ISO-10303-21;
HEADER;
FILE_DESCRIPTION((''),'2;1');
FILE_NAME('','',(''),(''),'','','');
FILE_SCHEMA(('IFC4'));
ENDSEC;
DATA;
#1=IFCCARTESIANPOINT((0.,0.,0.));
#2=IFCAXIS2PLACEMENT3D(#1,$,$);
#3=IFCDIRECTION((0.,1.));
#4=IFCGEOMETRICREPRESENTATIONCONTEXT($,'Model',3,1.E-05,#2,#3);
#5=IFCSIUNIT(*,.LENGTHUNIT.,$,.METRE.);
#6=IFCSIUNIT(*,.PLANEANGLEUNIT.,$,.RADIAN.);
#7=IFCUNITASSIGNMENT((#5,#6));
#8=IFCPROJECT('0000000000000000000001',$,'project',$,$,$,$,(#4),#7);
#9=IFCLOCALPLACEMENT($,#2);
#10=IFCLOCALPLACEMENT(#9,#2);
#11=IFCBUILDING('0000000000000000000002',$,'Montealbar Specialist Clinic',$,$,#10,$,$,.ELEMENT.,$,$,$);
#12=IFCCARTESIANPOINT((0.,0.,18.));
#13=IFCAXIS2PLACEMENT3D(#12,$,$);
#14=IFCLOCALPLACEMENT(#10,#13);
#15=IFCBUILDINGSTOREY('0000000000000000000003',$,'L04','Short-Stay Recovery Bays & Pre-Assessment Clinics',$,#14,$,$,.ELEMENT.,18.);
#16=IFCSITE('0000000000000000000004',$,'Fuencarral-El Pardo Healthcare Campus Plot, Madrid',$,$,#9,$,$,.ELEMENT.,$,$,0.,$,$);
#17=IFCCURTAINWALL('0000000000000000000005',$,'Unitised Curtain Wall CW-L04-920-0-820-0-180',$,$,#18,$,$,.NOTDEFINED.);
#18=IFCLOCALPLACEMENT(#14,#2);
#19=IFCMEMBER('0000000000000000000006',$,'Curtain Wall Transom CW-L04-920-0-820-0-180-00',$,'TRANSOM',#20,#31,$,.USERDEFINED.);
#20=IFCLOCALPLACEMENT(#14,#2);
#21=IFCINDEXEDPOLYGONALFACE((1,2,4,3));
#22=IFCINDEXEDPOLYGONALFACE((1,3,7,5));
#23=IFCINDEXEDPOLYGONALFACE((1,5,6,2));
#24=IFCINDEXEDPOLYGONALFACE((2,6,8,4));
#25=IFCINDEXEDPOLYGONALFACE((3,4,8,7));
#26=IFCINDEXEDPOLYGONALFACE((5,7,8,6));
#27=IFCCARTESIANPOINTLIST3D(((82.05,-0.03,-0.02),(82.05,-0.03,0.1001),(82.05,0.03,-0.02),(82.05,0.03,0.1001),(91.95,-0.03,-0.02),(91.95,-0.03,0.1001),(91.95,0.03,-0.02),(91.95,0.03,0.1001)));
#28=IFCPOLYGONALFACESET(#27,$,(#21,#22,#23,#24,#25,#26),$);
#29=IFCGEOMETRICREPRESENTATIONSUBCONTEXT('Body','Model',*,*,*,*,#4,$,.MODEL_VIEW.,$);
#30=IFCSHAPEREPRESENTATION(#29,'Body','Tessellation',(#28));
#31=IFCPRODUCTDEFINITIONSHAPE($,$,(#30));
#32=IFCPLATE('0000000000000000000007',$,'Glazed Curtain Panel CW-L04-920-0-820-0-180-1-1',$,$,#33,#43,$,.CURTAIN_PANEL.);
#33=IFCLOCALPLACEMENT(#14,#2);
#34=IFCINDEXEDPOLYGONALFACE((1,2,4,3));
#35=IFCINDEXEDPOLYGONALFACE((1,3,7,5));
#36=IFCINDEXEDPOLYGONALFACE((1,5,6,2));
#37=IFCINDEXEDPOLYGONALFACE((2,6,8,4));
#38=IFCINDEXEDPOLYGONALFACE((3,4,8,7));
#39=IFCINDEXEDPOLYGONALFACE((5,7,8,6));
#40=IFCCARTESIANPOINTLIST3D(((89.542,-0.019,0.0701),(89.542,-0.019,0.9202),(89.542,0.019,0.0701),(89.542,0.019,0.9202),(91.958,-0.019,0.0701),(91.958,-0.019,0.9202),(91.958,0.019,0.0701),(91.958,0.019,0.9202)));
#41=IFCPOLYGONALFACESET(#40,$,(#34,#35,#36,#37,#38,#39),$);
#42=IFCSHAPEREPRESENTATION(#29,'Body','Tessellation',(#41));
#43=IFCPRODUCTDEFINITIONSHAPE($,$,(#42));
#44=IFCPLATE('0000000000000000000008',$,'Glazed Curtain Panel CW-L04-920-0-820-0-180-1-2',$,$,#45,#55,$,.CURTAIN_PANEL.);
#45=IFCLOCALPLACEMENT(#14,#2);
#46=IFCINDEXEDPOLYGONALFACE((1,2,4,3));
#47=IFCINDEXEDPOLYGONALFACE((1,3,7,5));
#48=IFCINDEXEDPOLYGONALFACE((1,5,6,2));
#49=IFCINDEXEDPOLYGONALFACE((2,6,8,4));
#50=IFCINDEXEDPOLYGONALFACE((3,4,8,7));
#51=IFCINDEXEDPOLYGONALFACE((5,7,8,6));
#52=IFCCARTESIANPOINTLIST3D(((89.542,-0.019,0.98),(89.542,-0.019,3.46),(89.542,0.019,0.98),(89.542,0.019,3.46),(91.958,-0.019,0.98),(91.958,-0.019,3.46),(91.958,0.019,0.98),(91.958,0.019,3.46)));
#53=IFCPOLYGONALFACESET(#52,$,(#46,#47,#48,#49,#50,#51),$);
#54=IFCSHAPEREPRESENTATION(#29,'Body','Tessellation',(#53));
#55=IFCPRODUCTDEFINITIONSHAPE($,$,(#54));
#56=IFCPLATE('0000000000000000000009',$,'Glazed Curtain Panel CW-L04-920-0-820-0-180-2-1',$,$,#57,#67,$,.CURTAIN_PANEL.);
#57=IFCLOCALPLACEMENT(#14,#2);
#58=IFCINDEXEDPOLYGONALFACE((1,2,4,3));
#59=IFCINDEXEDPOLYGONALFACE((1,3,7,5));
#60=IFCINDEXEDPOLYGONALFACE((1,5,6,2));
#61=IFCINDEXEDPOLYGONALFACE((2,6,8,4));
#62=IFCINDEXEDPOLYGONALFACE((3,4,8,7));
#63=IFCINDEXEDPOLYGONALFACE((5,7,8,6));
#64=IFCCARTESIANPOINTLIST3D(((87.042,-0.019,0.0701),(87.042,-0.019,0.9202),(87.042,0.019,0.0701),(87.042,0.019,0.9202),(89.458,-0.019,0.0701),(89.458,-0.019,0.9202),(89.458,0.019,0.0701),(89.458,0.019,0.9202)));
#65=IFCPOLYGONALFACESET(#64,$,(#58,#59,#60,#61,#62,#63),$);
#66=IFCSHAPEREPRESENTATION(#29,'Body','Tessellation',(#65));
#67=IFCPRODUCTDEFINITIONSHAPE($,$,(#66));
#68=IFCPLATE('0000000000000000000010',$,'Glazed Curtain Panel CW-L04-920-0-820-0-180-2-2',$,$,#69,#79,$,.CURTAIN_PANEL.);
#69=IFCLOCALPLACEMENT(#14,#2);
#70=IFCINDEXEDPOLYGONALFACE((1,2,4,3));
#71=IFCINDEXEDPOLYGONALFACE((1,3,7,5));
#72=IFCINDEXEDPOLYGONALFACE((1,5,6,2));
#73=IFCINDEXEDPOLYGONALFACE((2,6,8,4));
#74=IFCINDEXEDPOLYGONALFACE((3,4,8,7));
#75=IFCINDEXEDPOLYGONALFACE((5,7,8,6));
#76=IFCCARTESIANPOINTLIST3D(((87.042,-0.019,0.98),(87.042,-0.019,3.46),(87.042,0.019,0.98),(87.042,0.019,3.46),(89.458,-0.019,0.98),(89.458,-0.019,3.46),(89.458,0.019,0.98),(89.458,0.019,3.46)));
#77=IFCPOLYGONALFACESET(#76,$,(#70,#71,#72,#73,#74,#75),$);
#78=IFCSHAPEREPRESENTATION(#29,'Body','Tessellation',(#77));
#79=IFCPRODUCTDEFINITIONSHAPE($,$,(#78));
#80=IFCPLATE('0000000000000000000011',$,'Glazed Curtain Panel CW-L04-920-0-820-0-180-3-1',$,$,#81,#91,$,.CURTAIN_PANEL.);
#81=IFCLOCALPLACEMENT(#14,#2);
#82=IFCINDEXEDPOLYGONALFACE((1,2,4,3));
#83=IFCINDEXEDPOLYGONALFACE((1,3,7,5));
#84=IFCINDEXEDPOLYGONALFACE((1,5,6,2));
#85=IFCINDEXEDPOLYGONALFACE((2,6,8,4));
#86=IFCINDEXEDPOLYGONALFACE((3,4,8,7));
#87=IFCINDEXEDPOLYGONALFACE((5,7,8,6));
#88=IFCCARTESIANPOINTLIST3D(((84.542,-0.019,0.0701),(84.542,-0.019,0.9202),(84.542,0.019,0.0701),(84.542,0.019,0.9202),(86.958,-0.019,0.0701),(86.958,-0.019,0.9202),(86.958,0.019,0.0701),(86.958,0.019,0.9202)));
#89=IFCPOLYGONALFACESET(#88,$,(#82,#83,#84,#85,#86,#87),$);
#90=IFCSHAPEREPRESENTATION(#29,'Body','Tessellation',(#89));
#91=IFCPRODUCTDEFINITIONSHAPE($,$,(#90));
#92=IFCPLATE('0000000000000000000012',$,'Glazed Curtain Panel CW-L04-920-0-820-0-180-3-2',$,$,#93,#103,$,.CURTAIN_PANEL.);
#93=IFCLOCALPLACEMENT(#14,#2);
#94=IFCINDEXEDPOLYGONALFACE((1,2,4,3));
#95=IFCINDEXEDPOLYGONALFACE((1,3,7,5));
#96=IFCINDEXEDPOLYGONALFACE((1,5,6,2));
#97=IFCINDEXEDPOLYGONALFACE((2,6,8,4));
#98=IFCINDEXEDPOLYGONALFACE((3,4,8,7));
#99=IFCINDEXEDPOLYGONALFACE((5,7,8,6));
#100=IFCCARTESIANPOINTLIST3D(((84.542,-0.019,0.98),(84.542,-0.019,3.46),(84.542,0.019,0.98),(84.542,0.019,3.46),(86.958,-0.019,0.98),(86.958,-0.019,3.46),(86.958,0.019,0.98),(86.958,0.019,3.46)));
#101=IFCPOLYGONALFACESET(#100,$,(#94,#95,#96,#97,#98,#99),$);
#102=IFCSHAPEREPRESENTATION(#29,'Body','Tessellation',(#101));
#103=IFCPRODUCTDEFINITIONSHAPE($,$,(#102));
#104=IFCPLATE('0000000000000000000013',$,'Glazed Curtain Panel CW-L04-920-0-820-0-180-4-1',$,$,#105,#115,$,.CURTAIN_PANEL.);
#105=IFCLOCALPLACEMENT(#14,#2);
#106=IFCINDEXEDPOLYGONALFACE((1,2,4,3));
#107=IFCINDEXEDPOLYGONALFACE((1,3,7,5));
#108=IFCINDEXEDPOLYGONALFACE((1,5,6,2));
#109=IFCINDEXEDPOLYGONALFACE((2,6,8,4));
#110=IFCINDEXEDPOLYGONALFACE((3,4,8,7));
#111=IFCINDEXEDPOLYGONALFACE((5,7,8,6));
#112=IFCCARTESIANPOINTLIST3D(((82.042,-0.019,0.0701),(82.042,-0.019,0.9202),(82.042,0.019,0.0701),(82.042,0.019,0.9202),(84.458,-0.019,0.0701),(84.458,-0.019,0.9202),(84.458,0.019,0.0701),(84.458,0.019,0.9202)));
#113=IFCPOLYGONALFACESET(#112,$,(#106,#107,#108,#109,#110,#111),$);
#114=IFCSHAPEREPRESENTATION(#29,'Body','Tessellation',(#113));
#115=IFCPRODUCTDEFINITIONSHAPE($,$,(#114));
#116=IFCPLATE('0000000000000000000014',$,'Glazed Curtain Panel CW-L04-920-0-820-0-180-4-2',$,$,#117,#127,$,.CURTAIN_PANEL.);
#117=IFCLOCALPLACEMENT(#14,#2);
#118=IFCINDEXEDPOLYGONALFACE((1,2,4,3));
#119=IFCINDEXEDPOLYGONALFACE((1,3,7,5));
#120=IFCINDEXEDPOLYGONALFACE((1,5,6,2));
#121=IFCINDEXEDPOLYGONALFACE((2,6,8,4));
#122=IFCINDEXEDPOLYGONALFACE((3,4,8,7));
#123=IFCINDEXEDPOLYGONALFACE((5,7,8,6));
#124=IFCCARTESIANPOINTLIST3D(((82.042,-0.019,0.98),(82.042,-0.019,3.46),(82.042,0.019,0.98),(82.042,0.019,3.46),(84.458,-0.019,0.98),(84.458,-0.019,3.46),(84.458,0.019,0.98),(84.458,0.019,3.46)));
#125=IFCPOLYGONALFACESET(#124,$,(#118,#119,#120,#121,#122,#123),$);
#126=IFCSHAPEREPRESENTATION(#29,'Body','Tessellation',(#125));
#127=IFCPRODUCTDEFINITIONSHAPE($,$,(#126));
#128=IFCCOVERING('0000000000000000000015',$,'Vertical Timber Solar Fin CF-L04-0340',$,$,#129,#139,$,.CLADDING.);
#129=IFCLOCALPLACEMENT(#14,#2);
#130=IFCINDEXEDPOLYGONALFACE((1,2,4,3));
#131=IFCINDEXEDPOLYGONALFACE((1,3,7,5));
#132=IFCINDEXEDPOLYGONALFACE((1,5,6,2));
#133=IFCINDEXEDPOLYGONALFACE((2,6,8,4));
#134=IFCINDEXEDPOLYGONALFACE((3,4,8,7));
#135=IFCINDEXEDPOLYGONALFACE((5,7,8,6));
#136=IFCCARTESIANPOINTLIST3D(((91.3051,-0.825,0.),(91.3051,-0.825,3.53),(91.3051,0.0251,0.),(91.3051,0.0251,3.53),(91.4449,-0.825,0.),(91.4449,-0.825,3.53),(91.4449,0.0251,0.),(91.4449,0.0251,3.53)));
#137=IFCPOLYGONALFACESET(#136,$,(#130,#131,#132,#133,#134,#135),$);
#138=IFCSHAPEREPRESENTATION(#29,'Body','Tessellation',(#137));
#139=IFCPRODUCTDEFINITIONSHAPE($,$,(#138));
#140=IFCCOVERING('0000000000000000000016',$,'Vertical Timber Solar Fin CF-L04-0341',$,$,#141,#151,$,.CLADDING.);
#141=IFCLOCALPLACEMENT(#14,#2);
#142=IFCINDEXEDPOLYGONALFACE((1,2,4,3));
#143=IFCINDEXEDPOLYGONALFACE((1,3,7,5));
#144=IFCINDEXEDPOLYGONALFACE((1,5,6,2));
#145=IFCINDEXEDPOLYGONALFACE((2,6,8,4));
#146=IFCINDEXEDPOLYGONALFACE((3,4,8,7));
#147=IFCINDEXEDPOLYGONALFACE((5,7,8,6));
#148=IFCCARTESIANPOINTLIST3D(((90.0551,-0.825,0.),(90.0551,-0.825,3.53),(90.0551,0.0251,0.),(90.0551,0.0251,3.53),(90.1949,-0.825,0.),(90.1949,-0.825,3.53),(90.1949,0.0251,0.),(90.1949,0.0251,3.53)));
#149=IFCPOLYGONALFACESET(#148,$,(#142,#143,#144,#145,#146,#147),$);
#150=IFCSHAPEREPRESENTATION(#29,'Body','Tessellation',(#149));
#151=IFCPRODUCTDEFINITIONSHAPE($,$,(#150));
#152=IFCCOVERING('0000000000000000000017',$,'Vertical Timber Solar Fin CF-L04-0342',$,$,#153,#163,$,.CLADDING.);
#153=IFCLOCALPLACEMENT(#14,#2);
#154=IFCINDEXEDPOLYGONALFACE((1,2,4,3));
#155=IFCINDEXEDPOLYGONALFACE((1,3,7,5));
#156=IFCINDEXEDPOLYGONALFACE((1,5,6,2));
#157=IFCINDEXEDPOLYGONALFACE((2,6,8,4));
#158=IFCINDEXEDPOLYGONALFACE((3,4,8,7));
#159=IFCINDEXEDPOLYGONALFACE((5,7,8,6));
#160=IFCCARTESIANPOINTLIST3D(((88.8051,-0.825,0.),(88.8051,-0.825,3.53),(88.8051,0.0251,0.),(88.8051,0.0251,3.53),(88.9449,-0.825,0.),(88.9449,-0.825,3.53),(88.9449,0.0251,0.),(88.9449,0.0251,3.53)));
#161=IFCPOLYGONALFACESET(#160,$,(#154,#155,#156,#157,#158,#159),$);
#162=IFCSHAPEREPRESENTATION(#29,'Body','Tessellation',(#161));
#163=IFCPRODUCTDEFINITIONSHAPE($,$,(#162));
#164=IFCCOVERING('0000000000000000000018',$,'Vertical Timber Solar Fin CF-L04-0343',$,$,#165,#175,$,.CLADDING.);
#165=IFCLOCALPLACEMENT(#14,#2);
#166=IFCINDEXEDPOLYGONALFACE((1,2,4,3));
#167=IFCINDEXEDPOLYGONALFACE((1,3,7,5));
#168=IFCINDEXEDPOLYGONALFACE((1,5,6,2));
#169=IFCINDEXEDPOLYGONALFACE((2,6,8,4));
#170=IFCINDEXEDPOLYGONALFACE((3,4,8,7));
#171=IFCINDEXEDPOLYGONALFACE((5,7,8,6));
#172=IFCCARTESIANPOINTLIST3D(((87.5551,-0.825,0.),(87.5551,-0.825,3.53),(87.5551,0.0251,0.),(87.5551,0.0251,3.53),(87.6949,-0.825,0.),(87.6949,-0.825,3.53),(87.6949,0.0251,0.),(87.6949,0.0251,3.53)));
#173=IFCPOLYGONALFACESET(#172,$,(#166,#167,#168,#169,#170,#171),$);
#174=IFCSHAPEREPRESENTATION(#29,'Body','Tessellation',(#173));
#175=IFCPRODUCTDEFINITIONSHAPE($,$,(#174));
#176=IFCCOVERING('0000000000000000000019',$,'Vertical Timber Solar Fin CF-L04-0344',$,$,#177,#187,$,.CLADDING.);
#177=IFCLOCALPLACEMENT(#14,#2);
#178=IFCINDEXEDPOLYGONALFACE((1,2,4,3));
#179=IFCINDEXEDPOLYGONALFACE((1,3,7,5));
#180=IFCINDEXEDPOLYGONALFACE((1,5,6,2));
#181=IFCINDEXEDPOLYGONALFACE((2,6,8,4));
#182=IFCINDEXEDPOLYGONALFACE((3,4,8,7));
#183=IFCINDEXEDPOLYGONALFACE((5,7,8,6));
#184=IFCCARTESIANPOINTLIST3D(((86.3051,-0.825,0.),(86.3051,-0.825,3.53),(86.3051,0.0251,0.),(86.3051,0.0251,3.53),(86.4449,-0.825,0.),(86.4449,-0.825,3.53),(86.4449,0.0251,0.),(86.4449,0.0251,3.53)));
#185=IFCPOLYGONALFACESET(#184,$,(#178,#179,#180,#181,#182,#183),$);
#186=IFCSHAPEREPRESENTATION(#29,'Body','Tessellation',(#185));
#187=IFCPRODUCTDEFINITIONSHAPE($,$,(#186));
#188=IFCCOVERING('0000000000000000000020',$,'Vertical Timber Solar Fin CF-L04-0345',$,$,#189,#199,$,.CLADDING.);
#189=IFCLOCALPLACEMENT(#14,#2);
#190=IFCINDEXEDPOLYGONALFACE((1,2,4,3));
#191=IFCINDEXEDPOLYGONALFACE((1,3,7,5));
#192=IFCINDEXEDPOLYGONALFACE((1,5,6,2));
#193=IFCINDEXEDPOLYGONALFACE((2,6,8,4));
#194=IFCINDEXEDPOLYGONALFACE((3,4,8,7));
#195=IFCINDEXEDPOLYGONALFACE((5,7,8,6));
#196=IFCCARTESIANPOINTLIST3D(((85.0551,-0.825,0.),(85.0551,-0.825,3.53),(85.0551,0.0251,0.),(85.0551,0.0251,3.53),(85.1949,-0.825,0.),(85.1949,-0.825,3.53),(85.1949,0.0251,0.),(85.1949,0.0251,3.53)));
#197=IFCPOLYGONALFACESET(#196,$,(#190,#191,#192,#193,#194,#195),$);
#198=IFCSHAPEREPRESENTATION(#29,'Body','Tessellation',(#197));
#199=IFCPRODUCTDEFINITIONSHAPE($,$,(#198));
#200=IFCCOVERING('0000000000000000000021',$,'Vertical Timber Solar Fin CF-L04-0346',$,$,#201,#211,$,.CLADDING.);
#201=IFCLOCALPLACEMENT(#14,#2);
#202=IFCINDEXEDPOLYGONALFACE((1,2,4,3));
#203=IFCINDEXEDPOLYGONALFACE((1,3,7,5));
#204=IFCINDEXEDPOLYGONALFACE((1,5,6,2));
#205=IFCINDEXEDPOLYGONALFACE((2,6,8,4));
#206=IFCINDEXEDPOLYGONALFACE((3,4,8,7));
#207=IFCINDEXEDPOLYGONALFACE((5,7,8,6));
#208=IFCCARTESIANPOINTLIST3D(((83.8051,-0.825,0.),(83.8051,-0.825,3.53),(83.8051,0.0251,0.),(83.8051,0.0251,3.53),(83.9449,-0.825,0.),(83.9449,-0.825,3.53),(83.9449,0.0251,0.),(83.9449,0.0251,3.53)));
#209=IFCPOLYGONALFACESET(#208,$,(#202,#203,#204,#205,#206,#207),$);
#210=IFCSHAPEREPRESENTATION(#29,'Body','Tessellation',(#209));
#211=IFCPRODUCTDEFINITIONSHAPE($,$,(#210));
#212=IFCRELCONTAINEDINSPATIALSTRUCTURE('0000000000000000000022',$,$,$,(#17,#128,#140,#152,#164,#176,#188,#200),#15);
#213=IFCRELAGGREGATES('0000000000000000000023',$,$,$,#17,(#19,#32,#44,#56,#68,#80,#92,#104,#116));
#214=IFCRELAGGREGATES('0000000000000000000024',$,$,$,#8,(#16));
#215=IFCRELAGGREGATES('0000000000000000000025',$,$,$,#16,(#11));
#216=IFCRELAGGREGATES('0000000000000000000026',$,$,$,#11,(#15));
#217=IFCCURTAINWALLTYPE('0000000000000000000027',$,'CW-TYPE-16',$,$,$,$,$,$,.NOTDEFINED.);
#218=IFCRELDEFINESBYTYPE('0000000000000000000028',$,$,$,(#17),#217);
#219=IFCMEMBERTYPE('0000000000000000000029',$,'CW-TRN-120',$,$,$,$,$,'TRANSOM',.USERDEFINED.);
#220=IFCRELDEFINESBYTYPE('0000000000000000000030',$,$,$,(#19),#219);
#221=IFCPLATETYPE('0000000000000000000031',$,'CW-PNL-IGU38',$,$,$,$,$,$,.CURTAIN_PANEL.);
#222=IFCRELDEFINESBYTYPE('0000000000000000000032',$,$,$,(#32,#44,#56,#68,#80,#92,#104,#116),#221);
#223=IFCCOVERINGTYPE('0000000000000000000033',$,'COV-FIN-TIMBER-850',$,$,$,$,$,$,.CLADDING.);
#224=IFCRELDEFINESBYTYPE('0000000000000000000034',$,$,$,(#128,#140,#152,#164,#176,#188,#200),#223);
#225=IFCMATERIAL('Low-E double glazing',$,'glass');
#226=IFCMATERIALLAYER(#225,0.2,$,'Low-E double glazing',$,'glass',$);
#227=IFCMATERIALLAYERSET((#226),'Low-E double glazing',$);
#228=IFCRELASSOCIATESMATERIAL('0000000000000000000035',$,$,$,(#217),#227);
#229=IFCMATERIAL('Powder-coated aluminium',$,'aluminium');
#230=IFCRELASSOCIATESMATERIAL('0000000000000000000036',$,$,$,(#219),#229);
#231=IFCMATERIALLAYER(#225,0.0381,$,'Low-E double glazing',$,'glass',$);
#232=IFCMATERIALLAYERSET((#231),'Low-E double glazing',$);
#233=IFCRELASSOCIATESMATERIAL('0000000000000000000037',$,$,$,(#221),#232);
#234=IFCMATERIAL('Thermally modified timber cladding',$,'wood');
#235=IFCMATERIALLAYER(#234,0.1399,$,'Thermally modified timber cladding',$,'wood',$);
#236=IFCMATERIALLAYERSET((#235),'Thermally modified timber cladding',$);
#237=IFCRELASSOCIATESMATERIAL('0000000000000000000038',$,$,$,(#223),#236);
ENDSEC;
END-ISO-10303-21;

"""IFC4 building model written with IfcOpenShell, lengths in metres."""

from ifc_helpers import new_model, si_unit, direction, frame, origin, origin_2d, place, context, subcontext, project, spatial, rectangle, extrude, material, layer, layer_set, material_profile, profile_set, type_object, element, aggregate, save


model = new_model("IFC4")

# Units and contexts
model_context = context("Model", 3, precision=1e-05, world=origin(), true_north=direction((0.0, 1.0)))
body_context = subcontext(model_context, "Body", "Model", "MODEL_VIEW")
ifc_project = project(units=[si_unit("LENGTHUNIT", "METRE"), si_unit("PLANEANGLEUNIT", "RADIAN")], contexts=[model_context])

# Site, building, storey
site_placement = place(None, origin())
site = spatial("IfcSite", under=ifc_project, at=site_placement, Name="Fuencarral-El Pardo Healthcare Campus Plot, Madrid", CompositionType="ELEMENT", RefElevation=0.0)
building_placement = place(site_placement, origin())
building = spatial("IfcBuilding", under=site, at=building_placement, Name="Montealbar Specialist Clinic", CompositionType="ELEMENT")
storey_placement = place(building_placement, frame((0.0, 0.0, 18.0)))
storey = spatial("IfcBuildingStorey", under=building, at=storey_placement, Name="L04", Description="Short-Stay Recovery Bays & Pre-Assessment Clinics", CompositionType="ELEMENT", Elevation=18.0)

# Curtain wall, member, plates
ifc_material_1 = material(Name="Low-E double glazing", Category="glass")
ifc_layer_1 = layer(ifc_material_1, 0.2, Name="Low-E double glazing", Category="glass")
ifc_layer_set_1 = layer_set([ifc_layer_1], Name="Low-E double glazing")
curtain_wall_type = type_object("IfcCurtainWallType", Name="CW-TYPE-16", PredefinedType="NOTDEFINED", material=ifc_layer_set_1)
curtain_wall_placement = place(storey_placement, origin())
curtain_wall = element("IfcCurtainWall", 1, at=curtain_wall_placement, inside=storey, type_object=curtain_wall_type, Name="Unitised Curtain Wall CW-L04-920-0-820-0-180", PredefinedType="NOTDEFINED")
ifc_material_2 = material(Name="Powder-coated aluminium", Category="aluminium")
ifc_material_profile_1 = material_profile(ifc_material_2, rectangle(XDim=0.0601, YDim=0.1201, at=origin_2d()), Name="ALU 60x120", Category="aluminium")
ifc_profile_set_1 = profile_set([ifc_material_profile_1], Name="Powder-coated aluminium")
member_type_1 = type_object("IfcMemberType", Name="CW-TRN-120", ElementType="TRANSOM", PredefinedType="USERDEFINED", material=ifc_profile_set_1)
member_1_placement = place(storey_placement, frame((91.95, 0.0, 0.04), z_axis=(-1.0, 0.0, 0.0), x_axis=(0.0, -1.0, 0.0)))
member_1 = element("IfcMember", 2, at=member_1_placement, type_object=member_type_1, Name="Curtain Wall Transom CW-L04-920-0-820-0-180-00", ObjectType="TRANSOM", PredefinedType="USERDEFINED", context=body_context, shape_type="SweptSolid", body=[
    extrude(rectangle(XDim=0.0601, YDim=0.1201, at=origin_2d()), origin(), (0.0, 0.0, 1.0), 9.8999),
])
ifc_layer_2 = layer(ifc_material_1, 0.0381, Name="Low-E double glazing", Category="glass")
ifc_layer_set_2 = layer_set([ifc_layer_2], Name="Low-E double glazing")
plate_type = type_object("IfcPlateType", Name="CW-PNL-IGU38", PredefinedType="CURTAIN_PANEL", material=ifc_layer_set_2)
plate_1_placement = place(storey_placement, frame((90.75, 0.0, 0.0701), z_axis=(0.0, 0.0, 1.0), x_axis=(-1.0, 0.0, 0.0)))
plate_1 = element("IfcPlate", 3, at=plate_1_placement, type_object=plate_type, Name="Glazed Curtain Panel CW-L04-920-0-820-0-180-1-1", PredefinedType="CURTAIN_PANEL", context=body_context, shape_type="SweptSolid", body=[
    extrude(rectangle(XDim=2.416, YDim=0.0381, at=origin_2d()), origin(), (0.0, 0.0, 1.0), 0.8501),
])
plate_2_placement = place(storey_placement, frame((90.75, 0.0, 0.98), z_axis=(0.0, 0.0, 1.0), x_axis=(-1.0, 0.0, 0.0)))
plate_2 = element("IfcPlate", 4, at=plate_2_placement, type_object=plate_type, Name="Glazed Curtain Panel CW-L04-920-0-820-0-180-1-2", PredefinedType="CURTAIN_PANEL", context=body_context, shape_type="SweptSolid", body=[
    extrude(rectangle(XDim=2.416, YDim=0.0381, at=origin_2d()), origin(), (0.0, 0.0, 1.0), 2.48),
])
plate_3_placement = place(storey_placement, frame((88.25, 0.0, 0.0701), z_axis=(0.0, 0.0, 1.0), x_axis=(-1.0, 0.0, 0.0)))
plate_3 = element("IfcPlate", 5, at=plate_3_placement, type_object=plate_type, Name="Glazed Curtain Panel CW-L04-920-0-820-0-180-2-1", PredefinedType="CURTAIN_PANEL", context=body_context, shape_type="SweptSolid", body=[
    extrude(rectangle(XDim=2.416, YDim=0.0381, at=origin_2d()), origin(), (0.0, 0.0, 1.0), 0.8501),
])
plate_4_placement = place(storey_placement, frame((88.25, 0.0, 0.98), z_axis=(0.0, 0.0, 1.0), x_axis=(-1.0, 0.0, 0.0)))
plate_4 = element("IfcPlate", 6, at=plate_4_placement, type_object=plate_type, Name="Glazed Curtain Panel CW-L04-920-0-820-0-180-2-2", PredefinedType="CURTAIN_PANEL", context=body_context, shape_type="SweptSolid", body=[
    extrude(rectangle(XDim=2.416, YDim=0.0381, at=origin_2d()), origin(), (0.0, 0.0, 1.0), 2.48),
])
plate_5_placement = place(storey_placement, frame((85.75, 0.0, 0.0701), z_axis=(0.0, 0.0, 1.0), x_axis=(-1.0, 0.0, 0.0)))
plate_5 = element("IfcPlate", 7, at=plate_5_placement, type_object=plate_type, Name="Glazed Curtain Panel CW-L04-920-0-820-0-180-3-1", PredefinedType="CURTAIN_PANEL", context=body_context, shape_type="SweptSolid", body=[
    extrude(rectangle(XDim=2.416, YDim=0.0381, at=origin_2d()), origin(), (0.0, 0.0, 1.0), 0.8501),
])
plate_6_placement = place(storey_placement, frame((85.75, 0.0, 0.98), z_axis=(0.0, 0.0, 1.0), x_axis=(-1.0, 0.0, 0.0)))
plate_6 = element("IfcPlate", 8, at=plate_6_placement, type_object=plate_type, Name="Glazed Curtain Panel CW-L04-920-0-820-0-180-3-2", PredefinedType="CURTAIN_PANEL", context=body_context, shape_type="SweptSolid", body=[
    extrude(rectangle(XDim=2.416, YDim=0.0381, at=origin_2d()), origin(), (0.0, 0.0, 1.0), 2.48),
])
plate_7_placement = place(storey_placement, frame((83.25, 0.0, 0.0701), z_axis=(0.0, 0.0, 1.0), x_axis=(-1.0, 0.0, 0.0)))
plate_7 = element("IfcPlate", 9, at=plate_7_placement, type_object=plate_type, Name="Glazed Curtain Panel CW-L04-920-0-820-0-180-4-1", PredefinedType="CURTAIN_PANEL", context=body_context, shape_type="SweptSolid", body=[
    extrude(rectangle(XDim=2.416, YDim=0.0381, at=origin_2d()), origin(), (0.0, 0.0, 1.0), 0.8501),
])
plate_8_placement = place(storey_placement, frame((83.25, 0.0, 0.98), z_axis=(0.0, 0.0, 1.0), x_axis=(-1.0, 0.0, 0.0)))
plate_8 = element("IfcPlate", 10, at=plate_8_placement, type_object=plate_type, Name="Glazed Curtain Panel CW-L04-920-0-820-0-180-4-2", PredefinedType="CURTAIN_PANEL", context=body_context, shape_type="SweptSolid", body=[
    extrude(rectangle(XDim=2.416, YDim=0.0381, at=origin_2d()), origin(), (0.0, 0.0, 1.0), 2.48),
])
aggregate(curtain_wall, [member_1, plate_1, plate_2, plate_3, plate_4, plate_5, plate_6, plate_7, plate_8])

# Coverings
ifc_material_3 = material(Name="Thermally modified timber cladding", Category="wood")
ifc_layer_3 = layer(ifc_material_3, 0.1399, Name="Thermally modified timber cladding", Category="wood")
ifc_layer_set_3 = layer_set([ifc_layer_3], Name="Thermally modified timber cladding")
covering_type = type_object("IfcCoveringType", Name="COV-FIN-TIMBER-850", PredefinedType="CLADDING", material=ifc_layer_set_3)
for number, where, z_axis, x_axis, name in (
    (11, (91.375, -0.3999, 0.0), (0.0, 0.0, 1.0), (0.0, -1.0, 0.0), "Vertical Timber Solar Fin CF-L04-0340"),
    (12, (90.125, -0.3999, 0.0), (0.0, 0.0, 1.0), (0.0, -1.0, 0.0), "Vertical Timber Solar Fin CF-L04-0341"),
    (13, (88.875, -0.3999, 0.0), (0.0, 0.0, 1.0), (0.0, -1.0, 0.0), "Vertical Timber Solar Fin CF-L04-0342"),
    (14, (87.625, -0.3999, 0.0), (0.0, 0.0, 1.0), (0.0, -1.0, 0.0), "Vertical Timber Solar Fin CF-L04-0343"),
    (15, (86.375, -0.3999, 0.0), (0.0, 0.0, 1.0), (0.0, -1.0, 0.0), "Vertical Timber Solar Fin CF-L04-0344"),
    (16, (85.125, -0.3999, 0.0), (0.0, 0.0, 1.0), (0.0, -1.0, 0.0), "Vertical Timber Solar Fin CF-L04-0345"),
    (17, (83.875, -0.3999, 0.0), (0.0, 0.0, 1.0), (0.0, -1.0, 0.0), "Vertical Timber Solar Fin CF-L04-0346"),
):
    element("IfcCovering", number, at=place(storey_placement, frame(where, z_axis=z_axis, x_axis=x_axis)), inside=storey, type_object=covering_type, Name=name, PredefinedType="CLADDING", context=body_context, shape_type="SweptSolid", body=[
        extrude(rectangle(XDim=0.8501, YDim=0.1399, at=origin_2d()), origin(), (0.0, 0.0, 1.0), 3.53),
    ])

save(model, "model.ifc")
